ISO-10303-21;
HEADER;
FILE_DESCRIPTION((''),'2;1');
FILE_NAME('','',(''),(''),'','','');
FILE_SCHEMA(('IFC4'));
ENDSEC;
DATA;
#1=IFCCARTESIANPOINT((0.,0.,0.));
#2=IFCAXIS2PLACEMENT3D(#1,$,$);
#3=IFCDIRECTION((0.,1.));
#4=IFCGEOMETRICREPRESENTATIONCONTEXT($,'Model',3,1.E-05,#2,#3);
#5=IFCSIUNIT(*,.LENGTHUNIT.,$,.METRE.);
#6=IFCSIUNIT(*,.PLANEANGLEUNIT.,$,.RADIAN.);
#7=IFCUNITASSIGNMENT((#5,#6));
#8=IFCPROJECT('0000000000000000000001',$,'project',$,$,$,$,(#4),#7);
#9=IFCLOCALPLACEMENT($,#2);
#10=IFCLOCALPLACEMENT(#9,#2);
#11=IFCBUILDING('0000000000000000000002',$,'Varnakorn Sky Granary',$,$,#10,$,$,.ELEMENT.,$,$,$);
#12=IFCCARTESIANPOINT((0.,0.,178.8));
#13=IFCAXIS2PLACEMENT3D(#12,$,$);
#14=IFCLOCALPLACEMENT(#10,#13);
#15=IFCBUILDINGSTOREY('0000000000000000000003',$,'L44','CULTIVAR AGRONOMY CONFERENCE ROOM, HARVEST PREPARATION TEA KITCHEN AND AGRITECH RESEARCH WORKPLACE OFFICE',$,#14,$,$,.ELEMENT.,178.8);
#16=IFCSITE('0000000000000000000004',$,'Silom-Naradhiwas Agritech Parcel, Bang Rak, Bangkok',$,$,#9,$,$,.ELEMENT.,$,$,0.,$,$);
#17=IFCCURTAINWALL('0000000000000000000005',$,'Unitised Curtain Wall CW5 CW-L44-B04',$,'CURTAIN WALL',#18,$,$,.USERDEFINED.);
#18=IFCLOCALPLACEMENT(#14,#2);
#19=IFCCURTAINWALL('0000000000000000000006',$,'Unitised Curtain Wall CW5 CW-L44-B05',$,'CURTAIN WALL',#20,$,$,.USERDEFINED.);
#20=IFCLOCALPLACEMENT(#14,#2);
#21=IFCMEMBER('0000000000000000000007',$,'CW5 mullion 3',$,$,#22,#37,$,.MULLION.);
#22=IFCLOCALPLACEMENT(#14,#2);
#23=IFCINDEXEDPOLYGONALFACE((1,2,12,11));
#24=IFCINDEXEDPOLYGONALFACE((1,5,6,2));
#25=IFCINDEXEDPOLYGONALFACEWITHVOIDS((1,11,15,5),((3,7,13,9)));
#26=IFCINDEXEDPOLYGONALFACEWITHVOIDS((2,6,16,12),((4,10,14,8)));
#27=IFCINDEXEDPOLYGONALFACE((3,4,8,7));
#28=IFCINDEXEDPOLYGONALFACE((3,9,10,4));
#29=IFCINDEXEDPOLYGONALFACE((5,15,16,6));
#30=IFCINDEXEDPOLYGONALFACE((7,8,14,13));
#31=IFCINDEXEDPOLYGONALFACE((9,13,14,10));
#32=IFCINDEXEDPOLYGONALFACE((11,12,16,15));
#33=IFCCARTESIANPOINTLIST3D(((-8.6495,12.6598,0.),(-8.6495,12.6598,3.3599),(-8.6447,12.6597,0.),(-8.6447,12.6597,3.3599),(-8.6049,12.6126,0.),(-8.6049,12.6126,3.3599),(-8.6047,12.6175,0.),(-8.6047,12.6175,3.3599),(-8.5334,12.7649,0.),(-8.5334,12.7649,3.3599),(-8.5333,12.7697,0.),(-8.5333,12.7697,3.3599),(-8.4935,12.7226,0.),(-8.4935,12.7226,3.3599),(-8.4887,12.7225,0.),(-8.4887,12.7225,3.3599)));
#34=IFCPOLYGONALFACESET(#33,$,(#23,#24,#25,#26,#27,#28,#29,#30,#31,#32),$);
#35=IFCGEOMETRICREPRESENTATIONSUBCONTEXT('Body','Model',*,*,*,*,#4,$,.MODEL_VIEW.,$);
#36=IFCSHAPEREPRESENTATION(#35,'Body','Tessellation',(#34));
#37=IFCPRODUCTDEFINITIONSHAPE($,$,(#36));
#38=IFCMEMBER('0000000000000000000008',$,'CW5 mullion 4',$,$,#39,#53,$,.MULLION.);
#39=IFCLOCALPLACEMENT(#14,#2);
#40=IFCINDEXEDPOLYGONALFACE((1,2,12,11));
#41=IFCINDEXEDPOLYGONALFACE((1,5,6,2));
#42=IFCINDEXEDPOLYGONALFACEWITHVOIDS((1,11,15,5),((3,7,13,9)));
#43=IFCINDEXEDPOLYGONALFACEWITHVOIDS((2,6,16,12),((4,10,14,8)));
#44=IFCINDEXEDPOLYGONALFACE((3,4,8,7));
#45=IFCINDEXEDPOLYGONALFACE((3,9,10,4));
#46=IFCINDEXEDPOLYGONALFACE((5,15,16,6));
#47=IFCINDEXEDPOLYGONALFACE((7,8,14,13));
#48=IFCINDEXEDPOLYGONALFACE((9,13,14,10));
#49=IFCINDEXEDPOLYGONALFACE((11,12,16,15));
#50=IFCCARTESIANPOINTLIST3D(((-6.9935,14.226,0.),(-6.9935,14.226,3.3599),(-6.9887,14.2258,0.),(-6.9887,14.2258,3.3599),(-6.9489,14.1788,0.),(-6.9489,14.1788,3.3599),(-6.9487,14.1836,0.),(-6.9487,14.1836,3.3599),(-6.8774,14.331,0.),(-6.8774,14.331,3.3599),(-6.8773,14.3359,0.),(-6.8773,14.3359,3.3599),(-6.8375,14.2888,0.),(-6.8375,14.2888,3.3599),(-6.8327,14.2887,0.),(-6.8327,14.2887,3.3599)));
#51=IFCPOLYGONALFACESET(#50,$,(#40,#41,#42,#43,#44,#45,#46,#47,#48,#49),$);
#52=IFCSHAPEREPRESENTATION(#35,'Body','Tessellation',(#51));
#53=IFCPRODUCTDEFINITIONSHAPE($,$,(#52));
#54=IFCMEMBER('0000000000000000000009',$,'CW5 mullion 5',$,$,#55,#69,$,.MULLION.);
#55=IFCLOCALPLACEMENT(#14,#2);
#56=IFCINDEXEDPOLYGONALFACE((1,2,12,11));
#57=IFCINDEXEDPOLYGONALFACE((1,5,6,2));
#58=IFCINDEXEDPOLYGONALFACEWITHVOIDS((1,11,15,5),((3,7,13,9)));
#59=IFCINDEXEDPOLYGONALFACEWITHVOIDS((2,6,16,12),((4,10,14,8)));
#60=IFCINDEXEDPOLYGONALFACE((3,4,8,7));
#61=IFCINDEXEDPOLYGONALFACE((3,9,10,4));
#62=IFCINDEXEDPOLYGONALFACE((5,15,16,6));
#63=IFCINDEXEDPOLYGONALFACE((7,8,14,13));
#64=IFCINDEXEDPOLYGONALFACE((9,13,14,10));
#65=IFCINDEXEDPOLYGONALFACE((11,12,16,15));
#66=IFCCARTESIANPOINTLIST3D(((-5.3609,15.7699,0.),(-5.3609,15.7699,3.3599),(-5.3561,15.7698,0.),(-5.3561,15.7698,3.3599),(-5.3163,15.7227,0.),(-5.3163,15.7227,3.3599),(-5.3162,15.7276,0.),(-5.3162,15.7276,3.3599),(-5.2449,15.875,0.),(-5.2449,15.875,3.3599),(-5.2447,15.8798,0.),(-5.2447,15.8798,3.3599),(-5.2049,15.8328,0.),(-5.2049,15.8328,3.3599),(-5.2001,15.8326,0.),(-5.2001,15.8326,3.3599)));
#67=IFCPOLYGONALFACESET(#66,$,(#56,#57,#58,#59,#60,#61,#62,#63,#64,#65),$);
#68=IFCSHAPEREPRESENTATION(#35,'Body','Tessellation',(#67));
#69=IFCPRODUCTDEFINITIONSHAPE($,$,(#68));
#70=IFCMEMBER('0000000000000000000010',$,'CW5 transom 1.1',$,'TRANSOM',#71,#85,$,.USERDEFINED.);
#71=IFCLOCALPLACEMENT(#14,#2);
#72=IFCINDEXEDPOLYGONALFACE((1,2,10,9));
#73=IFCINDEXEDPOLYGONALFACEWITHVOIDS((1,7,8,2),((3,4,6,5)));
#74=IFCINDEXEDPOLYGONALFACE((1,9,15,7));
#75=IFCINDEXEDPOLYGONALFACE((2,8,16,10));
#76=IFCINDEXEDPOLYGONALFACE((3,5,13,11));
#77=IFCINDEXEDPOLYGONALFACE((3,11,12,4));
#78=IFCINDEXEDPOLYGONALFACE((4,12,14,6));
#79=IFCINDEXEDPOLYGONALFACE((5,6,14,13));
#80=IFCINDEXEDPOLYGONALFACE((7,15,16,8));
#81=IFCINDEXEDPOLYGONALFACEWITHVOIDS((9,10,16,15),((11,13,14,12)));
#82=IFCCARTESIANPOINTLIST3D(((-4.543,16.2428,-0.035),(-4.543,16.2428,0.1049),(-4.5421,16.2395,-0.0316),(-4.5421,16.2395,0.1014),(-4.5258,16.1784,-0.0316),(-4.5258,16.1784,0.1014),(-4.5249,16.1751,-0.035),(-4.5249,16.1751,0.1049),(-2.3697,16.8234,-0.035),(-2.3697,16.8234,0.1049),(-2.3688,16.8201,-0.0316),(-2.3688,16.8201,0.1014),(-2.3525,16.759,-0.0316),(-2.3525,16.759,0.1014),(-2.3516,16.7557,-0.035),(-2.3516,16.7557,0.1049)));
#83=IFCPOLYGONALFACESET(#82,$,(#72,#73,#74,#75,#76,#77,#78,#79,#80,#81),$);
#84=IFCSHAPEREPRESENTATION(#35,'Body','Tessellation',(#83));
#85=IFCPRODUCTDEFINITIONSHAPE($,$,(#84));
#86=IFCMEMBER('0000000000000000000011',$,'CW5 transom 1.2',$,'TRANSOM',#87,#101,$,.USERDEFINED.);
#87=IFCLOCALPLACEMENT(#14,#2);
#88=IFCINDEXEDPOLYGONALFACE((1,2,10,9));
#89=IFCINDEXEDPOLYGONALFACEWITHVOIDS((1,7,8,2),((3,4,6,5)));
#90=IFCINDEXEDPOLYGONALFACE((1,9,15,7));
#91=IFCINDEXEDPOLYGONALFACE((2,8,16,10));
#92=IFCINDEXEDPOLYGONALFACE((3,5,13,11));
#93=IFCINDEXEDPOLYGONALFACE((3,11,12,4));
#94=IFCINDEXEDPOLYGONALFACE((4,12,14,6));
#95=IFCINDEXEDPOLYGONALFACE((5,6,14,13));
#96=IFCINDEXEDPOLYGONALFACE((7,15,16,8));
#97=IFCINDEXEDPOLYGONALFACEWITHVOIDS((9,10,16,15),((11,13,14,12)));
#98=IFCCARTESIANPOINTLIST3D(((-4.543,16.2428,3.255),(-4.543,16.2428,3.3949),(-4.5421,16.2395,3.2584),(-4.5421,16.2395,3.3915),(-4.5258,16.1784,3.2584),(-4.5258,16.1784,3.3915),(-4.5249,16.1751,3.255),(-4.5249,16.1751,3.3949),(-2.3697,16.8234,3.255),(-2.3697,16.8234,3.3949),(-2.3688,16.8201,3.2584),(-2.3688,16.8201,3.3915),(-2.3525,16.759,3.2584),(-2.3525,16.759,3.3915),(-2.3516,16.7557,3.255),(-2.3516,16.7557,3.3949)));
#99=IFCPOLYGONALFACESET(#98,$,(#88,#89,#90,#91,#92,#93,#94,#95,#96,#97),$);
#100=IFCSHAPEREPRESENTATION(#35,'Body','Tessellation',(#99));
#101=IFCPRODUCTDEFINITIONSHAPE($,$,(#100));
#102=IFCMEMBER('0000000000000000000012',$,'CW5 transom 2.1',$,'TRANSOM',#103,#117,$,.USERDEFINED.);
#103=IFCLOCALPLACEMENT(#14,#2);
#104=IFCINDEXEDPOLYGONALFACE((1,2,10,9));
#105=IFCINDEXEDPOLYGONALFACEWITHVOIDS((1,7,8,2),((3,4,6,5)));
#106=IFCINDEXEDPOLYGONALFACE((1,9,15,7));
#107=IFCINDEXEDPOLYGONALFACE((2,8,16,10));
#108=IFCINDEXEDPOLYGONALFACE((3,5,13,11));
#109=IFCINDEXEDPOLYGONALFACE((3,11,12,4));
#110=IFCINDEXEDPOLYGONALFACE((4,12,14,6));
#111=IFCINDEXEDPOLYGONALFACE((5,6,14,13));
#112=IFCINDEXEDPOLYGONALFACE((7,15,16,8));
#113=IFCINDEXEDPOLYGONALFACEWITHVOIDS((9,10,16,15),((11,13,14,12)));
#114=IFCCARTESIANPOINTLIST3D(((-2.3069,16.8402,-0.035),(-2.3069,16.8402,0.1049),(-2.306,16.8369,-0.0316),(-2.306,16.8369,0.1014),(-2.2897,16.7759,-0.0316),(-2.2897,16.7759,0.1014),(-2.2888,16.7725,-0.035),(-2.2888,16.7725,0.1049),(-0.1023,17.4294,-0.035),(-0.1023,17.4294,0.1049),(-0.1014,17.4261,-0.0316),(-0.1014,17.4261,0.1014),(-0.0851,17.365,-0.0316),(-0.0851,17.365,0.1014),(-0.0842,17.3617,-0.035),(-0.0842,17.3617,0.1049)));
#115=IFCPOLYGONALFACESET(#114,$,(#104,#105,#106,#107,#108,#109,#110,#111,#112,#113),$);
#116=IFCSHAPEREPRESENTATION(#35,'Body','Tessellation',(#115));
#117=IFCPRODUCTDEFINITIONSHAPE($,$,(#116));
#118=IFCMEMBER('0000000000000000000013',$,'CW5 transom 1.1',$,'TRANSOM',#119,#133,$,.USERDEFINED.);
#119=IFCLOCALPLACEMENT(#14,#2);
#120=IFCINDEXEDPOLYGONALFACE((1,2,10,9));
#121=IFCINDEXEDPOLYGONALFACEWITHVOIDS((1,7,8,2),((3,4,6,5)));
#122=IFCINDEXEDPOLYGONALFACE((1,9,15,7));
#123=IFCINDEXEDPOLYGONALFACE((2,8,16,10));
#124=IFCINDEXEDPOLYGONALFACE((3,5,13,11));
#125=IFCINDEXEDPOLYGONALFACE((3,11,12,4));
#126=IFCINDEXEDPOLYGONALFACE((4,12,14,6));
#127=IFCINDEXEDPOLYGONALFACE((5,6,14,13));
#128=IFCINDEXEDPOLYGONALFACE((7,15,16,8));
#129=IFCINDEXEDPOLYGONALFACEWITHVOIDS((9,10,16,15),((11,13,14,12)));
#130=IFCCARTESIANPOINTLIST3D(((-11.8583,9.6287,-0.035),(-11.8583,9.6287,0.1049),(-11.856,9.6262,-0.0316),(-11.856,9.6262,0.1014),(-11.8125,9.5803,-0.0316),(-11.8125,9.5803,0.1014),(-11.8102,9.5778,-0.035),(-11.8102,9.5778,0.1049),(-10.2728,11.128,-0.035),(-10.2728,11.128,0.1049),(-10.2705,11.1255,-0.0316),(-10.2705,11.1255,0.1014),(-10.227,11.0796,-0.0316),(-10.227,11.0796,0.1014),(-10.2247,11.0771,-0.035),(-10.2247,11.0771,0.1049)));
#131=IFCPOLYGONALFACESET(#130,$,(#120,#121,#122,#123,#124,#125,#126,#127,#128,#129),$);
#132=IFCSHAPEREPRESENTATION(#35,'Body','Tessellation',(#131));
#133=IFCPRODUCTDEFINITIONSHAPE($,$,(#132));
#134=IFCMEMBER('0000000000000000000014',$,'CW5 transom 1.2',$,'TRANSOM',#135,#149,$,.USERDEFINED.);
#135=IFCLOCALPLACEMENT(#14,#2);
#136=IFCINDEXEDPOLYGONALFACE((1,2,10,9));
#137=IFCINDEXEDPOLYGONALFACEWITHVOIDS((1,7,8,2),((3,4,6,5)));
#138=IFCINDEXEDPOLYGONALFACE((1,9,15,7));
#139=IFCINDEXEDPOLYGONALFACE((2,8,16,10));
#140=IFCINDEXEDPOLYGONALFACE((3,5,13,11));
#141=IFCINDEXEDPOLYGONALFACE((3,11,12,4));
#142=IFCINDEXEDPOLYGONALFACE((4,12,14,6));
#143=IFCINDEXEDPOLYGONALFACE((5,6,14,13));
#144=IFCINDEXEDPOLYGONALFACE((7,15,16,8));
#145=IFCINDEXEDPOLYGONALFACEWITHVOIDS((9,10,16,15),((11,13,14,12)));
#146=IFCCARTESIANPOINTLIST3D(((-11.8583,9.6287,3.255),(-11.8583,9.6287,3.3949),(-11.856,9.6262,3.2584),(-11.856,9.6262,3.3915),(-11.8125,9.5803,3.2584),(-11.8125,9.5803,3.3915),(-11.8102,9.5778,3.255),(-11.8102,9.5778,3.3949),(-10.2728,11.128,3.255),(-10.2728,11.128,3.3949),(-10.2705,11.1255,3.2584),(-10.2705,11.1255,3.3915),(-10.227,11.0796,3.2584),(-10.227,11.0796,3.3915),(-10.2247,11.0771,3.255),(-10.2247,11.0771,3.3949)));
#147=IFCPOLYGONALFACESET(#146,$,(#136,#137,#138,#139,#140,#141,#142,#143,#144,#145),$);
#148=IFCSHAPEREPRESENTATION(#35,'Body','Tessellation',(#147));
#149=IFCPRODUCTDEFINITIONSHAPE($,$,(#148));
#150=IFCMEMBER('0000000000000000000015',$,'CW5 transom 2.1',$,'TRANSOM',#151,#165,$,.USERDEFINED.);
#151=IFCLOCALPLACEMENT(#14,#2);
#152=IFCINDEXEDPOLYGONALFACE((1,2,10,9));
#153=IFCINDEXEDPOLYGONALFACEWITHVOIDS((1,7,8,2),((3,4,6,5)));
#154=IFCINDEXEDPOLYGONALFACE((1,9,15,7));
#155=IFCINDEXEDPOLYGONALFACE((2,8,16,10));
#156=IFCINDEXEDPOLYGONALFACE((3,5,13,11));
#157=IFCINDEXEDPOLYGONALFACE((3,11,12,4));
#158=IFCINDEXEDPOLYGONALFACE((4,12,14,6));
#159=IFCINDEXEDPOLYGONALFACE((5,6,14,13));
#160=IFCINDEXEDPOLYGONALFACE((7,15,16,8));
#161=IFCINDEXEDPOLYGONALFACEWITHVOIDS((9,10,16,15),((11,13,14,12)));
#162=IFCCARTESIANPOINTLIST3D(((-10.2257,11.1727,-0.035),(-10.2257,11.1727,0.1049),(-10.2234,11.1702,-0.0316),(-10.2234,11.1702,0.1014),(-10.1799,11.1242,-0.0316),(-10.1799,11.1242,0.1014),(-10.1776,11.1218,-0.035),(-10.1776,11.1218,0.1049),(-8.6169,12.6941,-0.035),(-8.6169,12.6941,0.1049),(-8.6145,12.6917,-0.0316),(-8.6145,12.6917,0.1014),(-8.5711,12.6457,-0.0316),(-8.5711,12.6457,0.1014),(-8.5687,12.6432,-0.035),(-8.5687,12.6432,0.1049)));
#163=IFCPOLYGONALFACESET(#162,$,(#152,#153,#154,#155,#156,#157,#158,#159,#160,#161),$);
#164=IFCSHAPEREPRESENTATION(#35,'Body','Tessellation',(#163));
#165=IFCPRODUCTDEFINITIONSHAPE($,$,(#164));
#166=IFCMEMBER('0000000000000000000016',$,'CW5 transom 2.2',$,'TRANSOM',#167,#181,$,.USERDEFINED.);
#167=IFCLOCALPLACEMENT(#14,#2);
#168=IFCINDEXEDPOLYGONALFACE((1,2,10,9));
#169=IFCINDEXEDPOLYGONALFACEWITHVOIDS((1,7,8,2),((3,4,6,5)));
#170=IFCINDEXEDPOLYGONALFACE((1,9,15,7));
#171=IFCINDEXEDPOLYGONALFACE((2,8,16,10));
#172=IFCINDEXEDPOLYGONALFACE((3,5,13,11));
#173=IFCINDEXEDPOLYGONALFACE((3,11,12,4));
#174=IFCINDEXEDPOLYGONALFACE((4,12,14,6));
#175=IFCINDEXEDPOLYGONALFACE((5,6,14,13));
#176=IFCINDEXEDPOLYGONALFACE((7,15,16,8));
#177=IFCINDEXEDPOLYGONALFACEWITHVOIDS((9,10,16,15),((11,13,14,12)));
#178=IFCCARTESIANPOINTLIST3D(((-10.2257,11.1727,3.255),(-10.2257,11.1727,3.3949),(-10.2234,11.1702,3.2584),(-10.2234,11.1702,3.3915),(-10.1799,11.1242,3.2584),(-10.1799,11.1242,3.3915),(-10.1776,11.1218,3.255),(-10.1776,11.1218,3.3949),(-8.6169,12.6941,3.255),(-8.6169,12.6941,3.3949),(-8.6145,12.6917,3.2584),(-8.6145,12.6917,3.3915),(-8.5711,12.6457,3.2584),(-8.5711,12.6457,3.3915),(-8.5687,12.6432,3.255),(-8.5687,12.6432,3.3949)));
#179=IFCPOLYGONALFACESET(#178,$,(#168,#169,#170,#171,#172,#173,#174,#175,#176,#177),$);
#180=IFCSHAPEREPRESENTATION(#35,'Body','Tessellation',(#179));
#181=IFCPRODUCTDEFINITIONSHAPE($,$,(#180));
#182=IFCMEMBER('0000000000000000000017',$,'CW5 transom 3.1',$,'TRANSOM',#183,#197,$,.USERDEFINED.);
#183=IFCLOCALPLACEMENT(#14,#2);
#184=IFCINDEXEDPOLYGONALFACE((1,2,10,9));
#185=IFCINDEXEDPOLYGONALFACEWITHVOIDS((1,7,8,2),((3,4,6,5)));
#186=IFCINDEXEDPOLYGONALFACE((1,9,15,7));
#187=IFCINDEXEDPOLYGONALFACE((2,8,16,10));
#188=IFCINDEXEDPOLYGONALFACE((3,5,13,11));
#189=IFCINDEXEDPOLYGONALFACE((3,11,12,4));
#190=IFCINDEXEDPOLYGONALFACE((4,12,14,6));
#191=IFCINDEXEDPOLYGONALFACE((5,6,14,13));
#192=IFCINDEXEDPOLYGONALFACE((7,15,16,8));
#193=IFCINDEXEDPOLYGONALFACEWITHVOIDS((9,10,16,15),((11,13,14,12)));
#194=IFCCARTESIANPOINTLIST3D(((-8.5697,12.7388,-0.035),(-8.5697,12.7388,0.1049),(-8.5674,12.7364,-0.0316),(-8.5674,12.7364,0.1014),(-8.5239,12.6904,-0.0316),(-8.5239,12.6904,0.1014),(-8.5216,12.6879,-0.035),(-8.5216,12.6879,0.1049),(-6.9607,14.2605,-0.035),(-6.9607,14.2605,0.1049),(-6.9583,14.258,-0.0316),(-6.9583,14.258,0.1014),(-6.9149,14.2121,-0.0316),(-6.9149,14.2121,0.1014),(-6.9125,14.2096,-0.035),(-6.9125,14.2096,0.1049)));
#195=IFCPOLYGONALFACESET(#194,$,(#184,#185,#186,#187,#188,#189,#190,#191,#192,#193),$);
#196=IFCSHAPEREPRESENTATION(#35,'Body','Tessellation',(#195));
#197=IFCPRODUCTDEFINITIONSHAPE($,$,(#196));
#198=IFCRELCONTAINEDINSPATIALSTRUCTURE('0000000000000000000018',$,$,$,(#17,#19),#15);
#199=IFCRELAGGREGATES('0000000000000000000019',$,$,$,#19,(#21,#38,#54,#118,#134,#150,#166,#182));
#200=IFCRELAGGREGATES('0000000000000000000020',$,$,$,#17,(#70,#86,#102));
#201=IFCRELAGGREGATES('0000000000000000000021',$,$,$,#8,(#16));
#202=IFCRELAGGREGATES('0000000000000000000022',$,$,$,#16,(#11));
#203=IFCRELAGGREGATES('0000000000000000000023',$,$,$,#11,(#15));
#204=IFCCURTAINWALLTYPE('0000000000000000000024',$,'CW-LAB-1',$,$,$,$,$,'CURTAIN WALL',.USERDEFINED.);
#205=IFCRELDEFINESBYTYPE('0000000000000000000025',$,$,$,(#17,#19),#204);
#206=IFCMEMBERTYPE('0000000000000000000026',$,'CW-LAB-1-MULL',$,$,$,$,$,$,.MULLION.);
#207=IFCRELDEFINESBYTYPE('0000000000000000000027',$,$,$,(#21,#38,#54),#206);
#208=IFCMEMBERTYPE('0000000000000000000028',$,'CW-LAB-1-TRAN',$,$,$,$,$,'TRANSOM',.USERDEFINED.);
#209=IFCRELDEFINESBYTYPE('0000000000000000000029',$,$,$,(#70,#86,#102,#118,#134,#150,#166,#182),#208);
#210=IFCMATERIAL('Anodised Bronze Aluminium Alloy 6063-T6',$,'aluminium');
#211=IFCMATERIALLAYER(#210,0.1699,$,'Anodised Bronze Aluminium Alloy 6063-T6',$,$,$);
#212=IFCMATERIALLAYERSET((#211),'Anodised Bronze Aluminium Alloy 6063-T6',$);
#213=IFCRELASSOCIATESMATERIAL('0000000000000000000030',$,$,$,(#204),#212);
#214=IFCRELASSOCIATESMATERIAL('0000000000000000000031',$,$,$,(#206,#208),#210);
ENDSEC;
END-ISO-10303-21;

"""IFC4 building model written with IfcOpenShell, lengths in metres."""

from ifc_helpers import new_model, si_unit, direction, frame, origin, origin_2d, place, context, subcontext, project, spatial, hollow_rectangle, extrude, material, layer, layer_set, material_profile, profile_set, type_object, element, aggregate, save


model = new_model("IFC4")

# Units and contexts
model_context = context("Model", 3, precision=1e-05, world=origin(), true_north=direction((0.0, 1.0)))
body_context = subcontext(model_context, "Body", "Model", "MODEL_VIEW")
ifc_project = project(units=[si_unit("LENGTHUNIT", "METRE"), si_unit("PLANEANGLEUNIT", "RADIAN")], contexts=[model_context])

# Site, building, storey
site_placement = place(None, origin())
site = spatial("IfcSite", under=ifc_project, at=site_placement, Name="Silom-Naradhiwas Agritech Parcel, Bang Rak, Bangkok", CompositionType="ELEMENT", RefElevation=0.0)
building_placement = place(site_placement, origin())
building = spatial("IfcBuilding", under=site, at=building_placement, Name="Varnakorn Sky Granary", CompositionType="ELEMENT")
storey_placement = place(building_placement, frame((0.0, 0.0, 178.8)))
storey = spatial("IfcBuildingStorey", under=building, at=storey_placement, Name="L44", Description="CULTIVAR AGRONOMY CONFERENCE ROOM, HARVEST PREPARATION TEA KITCHEN AND AGRITECH RESEARCH WORKPLACE OFFICE", CompositionType="ELEMENT", Elevation=178.8)

# Curtain walls, members
ifc_material_1 = material(Name="Anodised Bronze Aluminium Alloy 6063-T6", Category="aluminium")
ifc_layer_1 = layer(ifc_material_1, 0.1699, Name="Anodised Bronze Aluminium Alloy 6063-T6")
ifc_layer_set_1 = layer_set([ifc_layer_1], Name="Anodised Bronze Aluminium Alloy 6063-T6")
curtain_wall_type = type_object("IfcCurtainWallType", Name="CW-LAB-1", ElementType="CURTAIN WALL", PredefinedType="USERDEFINED", material=ifc_layer_set_1)
curtain_wall_1_placement = place(storey_placement, origin())
curtain_wall_1 = element("IfcCurtainWall", 1, at=curtain_wall_1_placement, inside=storey, type_object=curtain_wall_type, Name="Unitised Curtain Wall CW5 CW-L44-B04", ObjectType="CURTAIN WALL", PredefinedType="USERDEFINED")
ifc_material_profile_1 = material_profile(ifc_material_1, hollow_rectangle(XDim=0.0649, YDim=0.1599, WallThickness=0.0034, at=origin_2d()), Name="ALU MULL 65x160")
ifc_profile_set_1 = profile_set([ifc_material_profile_1], Name="Anodised Bronze Aluminium Alloy 6063-T6")
member_type_1 = type_object("IfcMemberType", Name="CW-LAB-1-MULL", PredefinedType="MULLION", material=ifc_profile_set_1)
curtain_wall_2_placement = place(storey_placement, origin())
curtain_wall_2 = element("IfcCurtainWall", 2, at=curtain_wall_2_placement, inside=storey, type_object=curtain_wall_type, Name="Unitised Curtain Wall CW5 CW-L44-B05", ObjectType="CURTAIN WALL", PredefinedType="USERDEFINED")
member_1_placement = place(storey_placement, frame((-8.5691, 12.6912, 0.0), z_axis=(0.0, 0.0, 1.0), x_axis=(-0.687124, 0.726541, 0.0)))
member_1 = element("IfcMember", 3, at=member_1_placement, type_object=member_type_1, Name="CW5 mullion 3", PredefinedType="MULLION", context=body_context, shape_type="SweptSolid", body=[
    extrude(hollow_rectangle(XDim=0.0649, YDim=0.1599, WallThickness=0.0034, at=origin_2d()), origin(), (0.0, 0.0, 1.0), 3.3599),
])
member_2_placement = place(storey_placement, frame((-6.9131, 14.2573, 0.0), z_axis=(0.0, 0.0, 1.0), x_axis=(-0.687124, 0.726541, 0.0)))
member_2 = element("IfcMember", 4, at=member_2_placement, type_object=member_type_1, Name="CW5 mullion 4", PredefinedType="MULLION", context=body_context, shape_type="SweptSolid", body=[
    extrude(hollow_rectangle(XDim=0.0649, YDim=0.1599, WallThickness=0.0034, at=origin_2d()), origin(), (0.0, 0.0, 1.0), 3.3599),
])
member_3_placement = place(storey_placement, frame((-5.2805, 15.8013, 0.0), z_axis=(0.0, 0.0, 1.0), x_axis=(-0.687124, 0.726541, 0.0)))
member_3 = element("IfcMember", 5, at=member_3_placement, type_object=member_type_1, Name="CW5 mullion 5", PredefinedType="MULLION", context=body_context, shape_type="SweptSolid", body=[
    extrude(hollow_rectangle(XDim=0.0649, YDim=0.1599, WallThickness=0.0034, at=origin_2d()), origin(), (0.0, 0.0, 1.0), 3.3599),
])

# Members
ifc_material_profile_2 = material_profile(ifc_material_1, hollow_rectangle(XDim=0.0701, YDim=0.1399, WallThickness=0.0034, at=origin_2d()), Name="ALU TRAN 70x140")
ifc_profile_set_2 = profile_set([ifc_material_profile_2], Name="Anodised Bronze Aluminium Alloy 6063-T6")
member_type_2 = type_object("IfcMemberType", Name="CW-LAB-1-TRAN", ElementType="TRANSOM", PredefinedType="USERDEFINED", material=ifc_profile_set_2)
member_4_placement = place(storey_placement, frame((-4.5339, 16.209, 0.0349), z_axis=(0.966123, 0.258081, 0.0), x_axis=(-0.258081, 0.966123, 0.0)))
member_4 = element("IfcMember", 6, at=member_4_placement, type_object=member_type_2, Name="CW5 transom 1.1", ObjectType="TRANSOM", PredefinedType="USERDEFINED", context=body_context, shape_type="SweptSolid", body=[
    extrude(hollow_rectangle(XDim=0.0701, YDim=0.1399, WallThickness=0.0034, at=origin_2d()), origin(), (0.0, 0.0, 1.0), 2.2495),
])
member_5_placement = place(storey_placement, frame((-4.5339, 16.209, 3.325), z_axis=(0.966123, 0.258081, 0.0), x_axis=(-0.258081, 0.966123, 0.0)))
member_5 = element("IfcMember", 7, at=member_5_placement, type_object=member_type_2, Name="CW5 transom 1.2", ObjectType="TRANSOM", PredefinedType="USERDEFINED", context=body_context, shape_type="SweptSolid", body=[
    extrude(hollow_rectangle(XDim=0.0701, YDim=0.1399, WallThickness=0.0034, at=origin_2d()), origin(), (0.0, 0.0, 1.0), 2.2495),
])
member_6_placement = place(storey_placement, frame((-2.2979, 16.8064, 0.0349), z_axis=(0.966102, 0.258162, 0.0), x_axis=(-0.258162, 0.966102, 0.0)))
member_6 = element("IfcMember", 8, at=member_6_placement, type_object=member_type_2, Name="CW5 transom 2.1", ObjectType="TRANSOM", PredefinedType="USERDEFINED", context=body_context, shape_type="SweptSolid", body=[
    extrude(hollow_rectangle(XDim=0.0701, YDim=0.1399, WallThickness=0.0034, at=origin_2d()), origin(), (0.0, 0.0, 1.0), 2.282),
])
member_7_placement = place(storey_placement, frame((-11.8342, 9.6033, 0.0349), z_axis=(0.726579, 0.687083, 0.0), x_axis=(-0.687083, 0.726579, 0.0)))
member_7 = element("IfcMember", 9, at=member_7_placement, type_object=member_type_2, Name="CW5 transom 1.1", ObjectType="TRANSOM", PredefinedType="USERDEFINED", context=body_context, shape_type="SweptSolid", body=[
    extrude(hollow_rectangle(XDim=0.0701, YDim=0.1399, WallThickness=0.0034, at=origin_2d()), origin(), (0.0, 0.0, 1.0), 2.1821),
])
member_8_placement = place(storey_placement, frame((-11.8342, 9.6033, 3.325), z_axis=(0.726579, 0.687083, 0.0), x_axis=(-0.687083, 0.726579, 0.0)))
member_8 = element("IfcMember", 10, at=member_8_placement, type_object=member_type_2, Name="CW5 transom 1.2", ObjectType="TRANSOM", PredefinedType="USERDEFINED", context=body_context, shape_type="SweptSolid", body=[
    extrude(hollow_rectangle(XDim=0.0701, YDim=0.1399, WallThickness=0.0034, at=origin_2d()), origin(), (0.0, 0.0, 1.0), 2.1821),
])
member_9_placement = place(storey_placement, frame((-10.2017, 11.1472, 0.0349), z_axis=(0.726567, 0.687096, 0.0), x_axis=(-0.687096, 0.726567, 0.0)))
member_9 = element("IfcMember", 11, at=member_9_placement, type_object=member_type_2, Name="CW5 transom 2.1", ObjectType="TRANSOM", PredefinedType="USERDEFINED", context=body_context, shape_type="SweptSolid", body=[
    extrude(hollow_rectangle(XDim=0.0701, YDim=0.1399, WallThickness=0.0034, at=origin_2d()), origin(), (0.0, 0.0, 1.0), 2.2144),
])
member_10_placement = place(storey_placement, frame((-10.2017, 11.1472, 3.325), z_axis=(0.726567, 0.687096, 0.0), x_axis=(-0.687096, 0.726567, 0.0)))
member_10 = element("IfcMember", 12, at=member_10_placement, type_object=member_type_2, Name="CW5 transom 2.2", ObjectType="TRANSOM", PredefinedType="USERDEFINED", context=body_context, shape_type="SweptSolid", body=[
    extrude(hollow_rectangle(XDim=0.0701, YDim=0.1399, WallThickness=0.0034, at=origin_2d()), origin(), (0.0, 0.0, 1.0), 2.2144),
])
member_11_placement = place(storey_placement, frame((-8.5457, 12.7134, 0.0349), z_axis=(0.726564, 0.687099, 0.0), x_axis=(-0.687099, 0.726564, 0.0)))
member_11 = element("IfcMember", 13, at=member_11_placement, type_object=member_type_2, Name="CW5 transom 3.1", ObjectType="TRANSOM", PredefinedType="USERDEFINED", context=body_context, shape_type="SweptSolid", body=[
    extrude(hollow_rectangle(XDim=0.0701, YDim=0.1399, WallThickness=0.0034, at=origin_2d()), origin(), (0.0, 0.0, 1.0), 2.2146),
])

aggregate(curtain_wall_2, [member_1, member_2, member_3, member_7, member_8, member_9, member_10, member_11])
aggregate(curtain_wall_1, [member_4, member_5, member_6])

save(model, "model.ifc")
